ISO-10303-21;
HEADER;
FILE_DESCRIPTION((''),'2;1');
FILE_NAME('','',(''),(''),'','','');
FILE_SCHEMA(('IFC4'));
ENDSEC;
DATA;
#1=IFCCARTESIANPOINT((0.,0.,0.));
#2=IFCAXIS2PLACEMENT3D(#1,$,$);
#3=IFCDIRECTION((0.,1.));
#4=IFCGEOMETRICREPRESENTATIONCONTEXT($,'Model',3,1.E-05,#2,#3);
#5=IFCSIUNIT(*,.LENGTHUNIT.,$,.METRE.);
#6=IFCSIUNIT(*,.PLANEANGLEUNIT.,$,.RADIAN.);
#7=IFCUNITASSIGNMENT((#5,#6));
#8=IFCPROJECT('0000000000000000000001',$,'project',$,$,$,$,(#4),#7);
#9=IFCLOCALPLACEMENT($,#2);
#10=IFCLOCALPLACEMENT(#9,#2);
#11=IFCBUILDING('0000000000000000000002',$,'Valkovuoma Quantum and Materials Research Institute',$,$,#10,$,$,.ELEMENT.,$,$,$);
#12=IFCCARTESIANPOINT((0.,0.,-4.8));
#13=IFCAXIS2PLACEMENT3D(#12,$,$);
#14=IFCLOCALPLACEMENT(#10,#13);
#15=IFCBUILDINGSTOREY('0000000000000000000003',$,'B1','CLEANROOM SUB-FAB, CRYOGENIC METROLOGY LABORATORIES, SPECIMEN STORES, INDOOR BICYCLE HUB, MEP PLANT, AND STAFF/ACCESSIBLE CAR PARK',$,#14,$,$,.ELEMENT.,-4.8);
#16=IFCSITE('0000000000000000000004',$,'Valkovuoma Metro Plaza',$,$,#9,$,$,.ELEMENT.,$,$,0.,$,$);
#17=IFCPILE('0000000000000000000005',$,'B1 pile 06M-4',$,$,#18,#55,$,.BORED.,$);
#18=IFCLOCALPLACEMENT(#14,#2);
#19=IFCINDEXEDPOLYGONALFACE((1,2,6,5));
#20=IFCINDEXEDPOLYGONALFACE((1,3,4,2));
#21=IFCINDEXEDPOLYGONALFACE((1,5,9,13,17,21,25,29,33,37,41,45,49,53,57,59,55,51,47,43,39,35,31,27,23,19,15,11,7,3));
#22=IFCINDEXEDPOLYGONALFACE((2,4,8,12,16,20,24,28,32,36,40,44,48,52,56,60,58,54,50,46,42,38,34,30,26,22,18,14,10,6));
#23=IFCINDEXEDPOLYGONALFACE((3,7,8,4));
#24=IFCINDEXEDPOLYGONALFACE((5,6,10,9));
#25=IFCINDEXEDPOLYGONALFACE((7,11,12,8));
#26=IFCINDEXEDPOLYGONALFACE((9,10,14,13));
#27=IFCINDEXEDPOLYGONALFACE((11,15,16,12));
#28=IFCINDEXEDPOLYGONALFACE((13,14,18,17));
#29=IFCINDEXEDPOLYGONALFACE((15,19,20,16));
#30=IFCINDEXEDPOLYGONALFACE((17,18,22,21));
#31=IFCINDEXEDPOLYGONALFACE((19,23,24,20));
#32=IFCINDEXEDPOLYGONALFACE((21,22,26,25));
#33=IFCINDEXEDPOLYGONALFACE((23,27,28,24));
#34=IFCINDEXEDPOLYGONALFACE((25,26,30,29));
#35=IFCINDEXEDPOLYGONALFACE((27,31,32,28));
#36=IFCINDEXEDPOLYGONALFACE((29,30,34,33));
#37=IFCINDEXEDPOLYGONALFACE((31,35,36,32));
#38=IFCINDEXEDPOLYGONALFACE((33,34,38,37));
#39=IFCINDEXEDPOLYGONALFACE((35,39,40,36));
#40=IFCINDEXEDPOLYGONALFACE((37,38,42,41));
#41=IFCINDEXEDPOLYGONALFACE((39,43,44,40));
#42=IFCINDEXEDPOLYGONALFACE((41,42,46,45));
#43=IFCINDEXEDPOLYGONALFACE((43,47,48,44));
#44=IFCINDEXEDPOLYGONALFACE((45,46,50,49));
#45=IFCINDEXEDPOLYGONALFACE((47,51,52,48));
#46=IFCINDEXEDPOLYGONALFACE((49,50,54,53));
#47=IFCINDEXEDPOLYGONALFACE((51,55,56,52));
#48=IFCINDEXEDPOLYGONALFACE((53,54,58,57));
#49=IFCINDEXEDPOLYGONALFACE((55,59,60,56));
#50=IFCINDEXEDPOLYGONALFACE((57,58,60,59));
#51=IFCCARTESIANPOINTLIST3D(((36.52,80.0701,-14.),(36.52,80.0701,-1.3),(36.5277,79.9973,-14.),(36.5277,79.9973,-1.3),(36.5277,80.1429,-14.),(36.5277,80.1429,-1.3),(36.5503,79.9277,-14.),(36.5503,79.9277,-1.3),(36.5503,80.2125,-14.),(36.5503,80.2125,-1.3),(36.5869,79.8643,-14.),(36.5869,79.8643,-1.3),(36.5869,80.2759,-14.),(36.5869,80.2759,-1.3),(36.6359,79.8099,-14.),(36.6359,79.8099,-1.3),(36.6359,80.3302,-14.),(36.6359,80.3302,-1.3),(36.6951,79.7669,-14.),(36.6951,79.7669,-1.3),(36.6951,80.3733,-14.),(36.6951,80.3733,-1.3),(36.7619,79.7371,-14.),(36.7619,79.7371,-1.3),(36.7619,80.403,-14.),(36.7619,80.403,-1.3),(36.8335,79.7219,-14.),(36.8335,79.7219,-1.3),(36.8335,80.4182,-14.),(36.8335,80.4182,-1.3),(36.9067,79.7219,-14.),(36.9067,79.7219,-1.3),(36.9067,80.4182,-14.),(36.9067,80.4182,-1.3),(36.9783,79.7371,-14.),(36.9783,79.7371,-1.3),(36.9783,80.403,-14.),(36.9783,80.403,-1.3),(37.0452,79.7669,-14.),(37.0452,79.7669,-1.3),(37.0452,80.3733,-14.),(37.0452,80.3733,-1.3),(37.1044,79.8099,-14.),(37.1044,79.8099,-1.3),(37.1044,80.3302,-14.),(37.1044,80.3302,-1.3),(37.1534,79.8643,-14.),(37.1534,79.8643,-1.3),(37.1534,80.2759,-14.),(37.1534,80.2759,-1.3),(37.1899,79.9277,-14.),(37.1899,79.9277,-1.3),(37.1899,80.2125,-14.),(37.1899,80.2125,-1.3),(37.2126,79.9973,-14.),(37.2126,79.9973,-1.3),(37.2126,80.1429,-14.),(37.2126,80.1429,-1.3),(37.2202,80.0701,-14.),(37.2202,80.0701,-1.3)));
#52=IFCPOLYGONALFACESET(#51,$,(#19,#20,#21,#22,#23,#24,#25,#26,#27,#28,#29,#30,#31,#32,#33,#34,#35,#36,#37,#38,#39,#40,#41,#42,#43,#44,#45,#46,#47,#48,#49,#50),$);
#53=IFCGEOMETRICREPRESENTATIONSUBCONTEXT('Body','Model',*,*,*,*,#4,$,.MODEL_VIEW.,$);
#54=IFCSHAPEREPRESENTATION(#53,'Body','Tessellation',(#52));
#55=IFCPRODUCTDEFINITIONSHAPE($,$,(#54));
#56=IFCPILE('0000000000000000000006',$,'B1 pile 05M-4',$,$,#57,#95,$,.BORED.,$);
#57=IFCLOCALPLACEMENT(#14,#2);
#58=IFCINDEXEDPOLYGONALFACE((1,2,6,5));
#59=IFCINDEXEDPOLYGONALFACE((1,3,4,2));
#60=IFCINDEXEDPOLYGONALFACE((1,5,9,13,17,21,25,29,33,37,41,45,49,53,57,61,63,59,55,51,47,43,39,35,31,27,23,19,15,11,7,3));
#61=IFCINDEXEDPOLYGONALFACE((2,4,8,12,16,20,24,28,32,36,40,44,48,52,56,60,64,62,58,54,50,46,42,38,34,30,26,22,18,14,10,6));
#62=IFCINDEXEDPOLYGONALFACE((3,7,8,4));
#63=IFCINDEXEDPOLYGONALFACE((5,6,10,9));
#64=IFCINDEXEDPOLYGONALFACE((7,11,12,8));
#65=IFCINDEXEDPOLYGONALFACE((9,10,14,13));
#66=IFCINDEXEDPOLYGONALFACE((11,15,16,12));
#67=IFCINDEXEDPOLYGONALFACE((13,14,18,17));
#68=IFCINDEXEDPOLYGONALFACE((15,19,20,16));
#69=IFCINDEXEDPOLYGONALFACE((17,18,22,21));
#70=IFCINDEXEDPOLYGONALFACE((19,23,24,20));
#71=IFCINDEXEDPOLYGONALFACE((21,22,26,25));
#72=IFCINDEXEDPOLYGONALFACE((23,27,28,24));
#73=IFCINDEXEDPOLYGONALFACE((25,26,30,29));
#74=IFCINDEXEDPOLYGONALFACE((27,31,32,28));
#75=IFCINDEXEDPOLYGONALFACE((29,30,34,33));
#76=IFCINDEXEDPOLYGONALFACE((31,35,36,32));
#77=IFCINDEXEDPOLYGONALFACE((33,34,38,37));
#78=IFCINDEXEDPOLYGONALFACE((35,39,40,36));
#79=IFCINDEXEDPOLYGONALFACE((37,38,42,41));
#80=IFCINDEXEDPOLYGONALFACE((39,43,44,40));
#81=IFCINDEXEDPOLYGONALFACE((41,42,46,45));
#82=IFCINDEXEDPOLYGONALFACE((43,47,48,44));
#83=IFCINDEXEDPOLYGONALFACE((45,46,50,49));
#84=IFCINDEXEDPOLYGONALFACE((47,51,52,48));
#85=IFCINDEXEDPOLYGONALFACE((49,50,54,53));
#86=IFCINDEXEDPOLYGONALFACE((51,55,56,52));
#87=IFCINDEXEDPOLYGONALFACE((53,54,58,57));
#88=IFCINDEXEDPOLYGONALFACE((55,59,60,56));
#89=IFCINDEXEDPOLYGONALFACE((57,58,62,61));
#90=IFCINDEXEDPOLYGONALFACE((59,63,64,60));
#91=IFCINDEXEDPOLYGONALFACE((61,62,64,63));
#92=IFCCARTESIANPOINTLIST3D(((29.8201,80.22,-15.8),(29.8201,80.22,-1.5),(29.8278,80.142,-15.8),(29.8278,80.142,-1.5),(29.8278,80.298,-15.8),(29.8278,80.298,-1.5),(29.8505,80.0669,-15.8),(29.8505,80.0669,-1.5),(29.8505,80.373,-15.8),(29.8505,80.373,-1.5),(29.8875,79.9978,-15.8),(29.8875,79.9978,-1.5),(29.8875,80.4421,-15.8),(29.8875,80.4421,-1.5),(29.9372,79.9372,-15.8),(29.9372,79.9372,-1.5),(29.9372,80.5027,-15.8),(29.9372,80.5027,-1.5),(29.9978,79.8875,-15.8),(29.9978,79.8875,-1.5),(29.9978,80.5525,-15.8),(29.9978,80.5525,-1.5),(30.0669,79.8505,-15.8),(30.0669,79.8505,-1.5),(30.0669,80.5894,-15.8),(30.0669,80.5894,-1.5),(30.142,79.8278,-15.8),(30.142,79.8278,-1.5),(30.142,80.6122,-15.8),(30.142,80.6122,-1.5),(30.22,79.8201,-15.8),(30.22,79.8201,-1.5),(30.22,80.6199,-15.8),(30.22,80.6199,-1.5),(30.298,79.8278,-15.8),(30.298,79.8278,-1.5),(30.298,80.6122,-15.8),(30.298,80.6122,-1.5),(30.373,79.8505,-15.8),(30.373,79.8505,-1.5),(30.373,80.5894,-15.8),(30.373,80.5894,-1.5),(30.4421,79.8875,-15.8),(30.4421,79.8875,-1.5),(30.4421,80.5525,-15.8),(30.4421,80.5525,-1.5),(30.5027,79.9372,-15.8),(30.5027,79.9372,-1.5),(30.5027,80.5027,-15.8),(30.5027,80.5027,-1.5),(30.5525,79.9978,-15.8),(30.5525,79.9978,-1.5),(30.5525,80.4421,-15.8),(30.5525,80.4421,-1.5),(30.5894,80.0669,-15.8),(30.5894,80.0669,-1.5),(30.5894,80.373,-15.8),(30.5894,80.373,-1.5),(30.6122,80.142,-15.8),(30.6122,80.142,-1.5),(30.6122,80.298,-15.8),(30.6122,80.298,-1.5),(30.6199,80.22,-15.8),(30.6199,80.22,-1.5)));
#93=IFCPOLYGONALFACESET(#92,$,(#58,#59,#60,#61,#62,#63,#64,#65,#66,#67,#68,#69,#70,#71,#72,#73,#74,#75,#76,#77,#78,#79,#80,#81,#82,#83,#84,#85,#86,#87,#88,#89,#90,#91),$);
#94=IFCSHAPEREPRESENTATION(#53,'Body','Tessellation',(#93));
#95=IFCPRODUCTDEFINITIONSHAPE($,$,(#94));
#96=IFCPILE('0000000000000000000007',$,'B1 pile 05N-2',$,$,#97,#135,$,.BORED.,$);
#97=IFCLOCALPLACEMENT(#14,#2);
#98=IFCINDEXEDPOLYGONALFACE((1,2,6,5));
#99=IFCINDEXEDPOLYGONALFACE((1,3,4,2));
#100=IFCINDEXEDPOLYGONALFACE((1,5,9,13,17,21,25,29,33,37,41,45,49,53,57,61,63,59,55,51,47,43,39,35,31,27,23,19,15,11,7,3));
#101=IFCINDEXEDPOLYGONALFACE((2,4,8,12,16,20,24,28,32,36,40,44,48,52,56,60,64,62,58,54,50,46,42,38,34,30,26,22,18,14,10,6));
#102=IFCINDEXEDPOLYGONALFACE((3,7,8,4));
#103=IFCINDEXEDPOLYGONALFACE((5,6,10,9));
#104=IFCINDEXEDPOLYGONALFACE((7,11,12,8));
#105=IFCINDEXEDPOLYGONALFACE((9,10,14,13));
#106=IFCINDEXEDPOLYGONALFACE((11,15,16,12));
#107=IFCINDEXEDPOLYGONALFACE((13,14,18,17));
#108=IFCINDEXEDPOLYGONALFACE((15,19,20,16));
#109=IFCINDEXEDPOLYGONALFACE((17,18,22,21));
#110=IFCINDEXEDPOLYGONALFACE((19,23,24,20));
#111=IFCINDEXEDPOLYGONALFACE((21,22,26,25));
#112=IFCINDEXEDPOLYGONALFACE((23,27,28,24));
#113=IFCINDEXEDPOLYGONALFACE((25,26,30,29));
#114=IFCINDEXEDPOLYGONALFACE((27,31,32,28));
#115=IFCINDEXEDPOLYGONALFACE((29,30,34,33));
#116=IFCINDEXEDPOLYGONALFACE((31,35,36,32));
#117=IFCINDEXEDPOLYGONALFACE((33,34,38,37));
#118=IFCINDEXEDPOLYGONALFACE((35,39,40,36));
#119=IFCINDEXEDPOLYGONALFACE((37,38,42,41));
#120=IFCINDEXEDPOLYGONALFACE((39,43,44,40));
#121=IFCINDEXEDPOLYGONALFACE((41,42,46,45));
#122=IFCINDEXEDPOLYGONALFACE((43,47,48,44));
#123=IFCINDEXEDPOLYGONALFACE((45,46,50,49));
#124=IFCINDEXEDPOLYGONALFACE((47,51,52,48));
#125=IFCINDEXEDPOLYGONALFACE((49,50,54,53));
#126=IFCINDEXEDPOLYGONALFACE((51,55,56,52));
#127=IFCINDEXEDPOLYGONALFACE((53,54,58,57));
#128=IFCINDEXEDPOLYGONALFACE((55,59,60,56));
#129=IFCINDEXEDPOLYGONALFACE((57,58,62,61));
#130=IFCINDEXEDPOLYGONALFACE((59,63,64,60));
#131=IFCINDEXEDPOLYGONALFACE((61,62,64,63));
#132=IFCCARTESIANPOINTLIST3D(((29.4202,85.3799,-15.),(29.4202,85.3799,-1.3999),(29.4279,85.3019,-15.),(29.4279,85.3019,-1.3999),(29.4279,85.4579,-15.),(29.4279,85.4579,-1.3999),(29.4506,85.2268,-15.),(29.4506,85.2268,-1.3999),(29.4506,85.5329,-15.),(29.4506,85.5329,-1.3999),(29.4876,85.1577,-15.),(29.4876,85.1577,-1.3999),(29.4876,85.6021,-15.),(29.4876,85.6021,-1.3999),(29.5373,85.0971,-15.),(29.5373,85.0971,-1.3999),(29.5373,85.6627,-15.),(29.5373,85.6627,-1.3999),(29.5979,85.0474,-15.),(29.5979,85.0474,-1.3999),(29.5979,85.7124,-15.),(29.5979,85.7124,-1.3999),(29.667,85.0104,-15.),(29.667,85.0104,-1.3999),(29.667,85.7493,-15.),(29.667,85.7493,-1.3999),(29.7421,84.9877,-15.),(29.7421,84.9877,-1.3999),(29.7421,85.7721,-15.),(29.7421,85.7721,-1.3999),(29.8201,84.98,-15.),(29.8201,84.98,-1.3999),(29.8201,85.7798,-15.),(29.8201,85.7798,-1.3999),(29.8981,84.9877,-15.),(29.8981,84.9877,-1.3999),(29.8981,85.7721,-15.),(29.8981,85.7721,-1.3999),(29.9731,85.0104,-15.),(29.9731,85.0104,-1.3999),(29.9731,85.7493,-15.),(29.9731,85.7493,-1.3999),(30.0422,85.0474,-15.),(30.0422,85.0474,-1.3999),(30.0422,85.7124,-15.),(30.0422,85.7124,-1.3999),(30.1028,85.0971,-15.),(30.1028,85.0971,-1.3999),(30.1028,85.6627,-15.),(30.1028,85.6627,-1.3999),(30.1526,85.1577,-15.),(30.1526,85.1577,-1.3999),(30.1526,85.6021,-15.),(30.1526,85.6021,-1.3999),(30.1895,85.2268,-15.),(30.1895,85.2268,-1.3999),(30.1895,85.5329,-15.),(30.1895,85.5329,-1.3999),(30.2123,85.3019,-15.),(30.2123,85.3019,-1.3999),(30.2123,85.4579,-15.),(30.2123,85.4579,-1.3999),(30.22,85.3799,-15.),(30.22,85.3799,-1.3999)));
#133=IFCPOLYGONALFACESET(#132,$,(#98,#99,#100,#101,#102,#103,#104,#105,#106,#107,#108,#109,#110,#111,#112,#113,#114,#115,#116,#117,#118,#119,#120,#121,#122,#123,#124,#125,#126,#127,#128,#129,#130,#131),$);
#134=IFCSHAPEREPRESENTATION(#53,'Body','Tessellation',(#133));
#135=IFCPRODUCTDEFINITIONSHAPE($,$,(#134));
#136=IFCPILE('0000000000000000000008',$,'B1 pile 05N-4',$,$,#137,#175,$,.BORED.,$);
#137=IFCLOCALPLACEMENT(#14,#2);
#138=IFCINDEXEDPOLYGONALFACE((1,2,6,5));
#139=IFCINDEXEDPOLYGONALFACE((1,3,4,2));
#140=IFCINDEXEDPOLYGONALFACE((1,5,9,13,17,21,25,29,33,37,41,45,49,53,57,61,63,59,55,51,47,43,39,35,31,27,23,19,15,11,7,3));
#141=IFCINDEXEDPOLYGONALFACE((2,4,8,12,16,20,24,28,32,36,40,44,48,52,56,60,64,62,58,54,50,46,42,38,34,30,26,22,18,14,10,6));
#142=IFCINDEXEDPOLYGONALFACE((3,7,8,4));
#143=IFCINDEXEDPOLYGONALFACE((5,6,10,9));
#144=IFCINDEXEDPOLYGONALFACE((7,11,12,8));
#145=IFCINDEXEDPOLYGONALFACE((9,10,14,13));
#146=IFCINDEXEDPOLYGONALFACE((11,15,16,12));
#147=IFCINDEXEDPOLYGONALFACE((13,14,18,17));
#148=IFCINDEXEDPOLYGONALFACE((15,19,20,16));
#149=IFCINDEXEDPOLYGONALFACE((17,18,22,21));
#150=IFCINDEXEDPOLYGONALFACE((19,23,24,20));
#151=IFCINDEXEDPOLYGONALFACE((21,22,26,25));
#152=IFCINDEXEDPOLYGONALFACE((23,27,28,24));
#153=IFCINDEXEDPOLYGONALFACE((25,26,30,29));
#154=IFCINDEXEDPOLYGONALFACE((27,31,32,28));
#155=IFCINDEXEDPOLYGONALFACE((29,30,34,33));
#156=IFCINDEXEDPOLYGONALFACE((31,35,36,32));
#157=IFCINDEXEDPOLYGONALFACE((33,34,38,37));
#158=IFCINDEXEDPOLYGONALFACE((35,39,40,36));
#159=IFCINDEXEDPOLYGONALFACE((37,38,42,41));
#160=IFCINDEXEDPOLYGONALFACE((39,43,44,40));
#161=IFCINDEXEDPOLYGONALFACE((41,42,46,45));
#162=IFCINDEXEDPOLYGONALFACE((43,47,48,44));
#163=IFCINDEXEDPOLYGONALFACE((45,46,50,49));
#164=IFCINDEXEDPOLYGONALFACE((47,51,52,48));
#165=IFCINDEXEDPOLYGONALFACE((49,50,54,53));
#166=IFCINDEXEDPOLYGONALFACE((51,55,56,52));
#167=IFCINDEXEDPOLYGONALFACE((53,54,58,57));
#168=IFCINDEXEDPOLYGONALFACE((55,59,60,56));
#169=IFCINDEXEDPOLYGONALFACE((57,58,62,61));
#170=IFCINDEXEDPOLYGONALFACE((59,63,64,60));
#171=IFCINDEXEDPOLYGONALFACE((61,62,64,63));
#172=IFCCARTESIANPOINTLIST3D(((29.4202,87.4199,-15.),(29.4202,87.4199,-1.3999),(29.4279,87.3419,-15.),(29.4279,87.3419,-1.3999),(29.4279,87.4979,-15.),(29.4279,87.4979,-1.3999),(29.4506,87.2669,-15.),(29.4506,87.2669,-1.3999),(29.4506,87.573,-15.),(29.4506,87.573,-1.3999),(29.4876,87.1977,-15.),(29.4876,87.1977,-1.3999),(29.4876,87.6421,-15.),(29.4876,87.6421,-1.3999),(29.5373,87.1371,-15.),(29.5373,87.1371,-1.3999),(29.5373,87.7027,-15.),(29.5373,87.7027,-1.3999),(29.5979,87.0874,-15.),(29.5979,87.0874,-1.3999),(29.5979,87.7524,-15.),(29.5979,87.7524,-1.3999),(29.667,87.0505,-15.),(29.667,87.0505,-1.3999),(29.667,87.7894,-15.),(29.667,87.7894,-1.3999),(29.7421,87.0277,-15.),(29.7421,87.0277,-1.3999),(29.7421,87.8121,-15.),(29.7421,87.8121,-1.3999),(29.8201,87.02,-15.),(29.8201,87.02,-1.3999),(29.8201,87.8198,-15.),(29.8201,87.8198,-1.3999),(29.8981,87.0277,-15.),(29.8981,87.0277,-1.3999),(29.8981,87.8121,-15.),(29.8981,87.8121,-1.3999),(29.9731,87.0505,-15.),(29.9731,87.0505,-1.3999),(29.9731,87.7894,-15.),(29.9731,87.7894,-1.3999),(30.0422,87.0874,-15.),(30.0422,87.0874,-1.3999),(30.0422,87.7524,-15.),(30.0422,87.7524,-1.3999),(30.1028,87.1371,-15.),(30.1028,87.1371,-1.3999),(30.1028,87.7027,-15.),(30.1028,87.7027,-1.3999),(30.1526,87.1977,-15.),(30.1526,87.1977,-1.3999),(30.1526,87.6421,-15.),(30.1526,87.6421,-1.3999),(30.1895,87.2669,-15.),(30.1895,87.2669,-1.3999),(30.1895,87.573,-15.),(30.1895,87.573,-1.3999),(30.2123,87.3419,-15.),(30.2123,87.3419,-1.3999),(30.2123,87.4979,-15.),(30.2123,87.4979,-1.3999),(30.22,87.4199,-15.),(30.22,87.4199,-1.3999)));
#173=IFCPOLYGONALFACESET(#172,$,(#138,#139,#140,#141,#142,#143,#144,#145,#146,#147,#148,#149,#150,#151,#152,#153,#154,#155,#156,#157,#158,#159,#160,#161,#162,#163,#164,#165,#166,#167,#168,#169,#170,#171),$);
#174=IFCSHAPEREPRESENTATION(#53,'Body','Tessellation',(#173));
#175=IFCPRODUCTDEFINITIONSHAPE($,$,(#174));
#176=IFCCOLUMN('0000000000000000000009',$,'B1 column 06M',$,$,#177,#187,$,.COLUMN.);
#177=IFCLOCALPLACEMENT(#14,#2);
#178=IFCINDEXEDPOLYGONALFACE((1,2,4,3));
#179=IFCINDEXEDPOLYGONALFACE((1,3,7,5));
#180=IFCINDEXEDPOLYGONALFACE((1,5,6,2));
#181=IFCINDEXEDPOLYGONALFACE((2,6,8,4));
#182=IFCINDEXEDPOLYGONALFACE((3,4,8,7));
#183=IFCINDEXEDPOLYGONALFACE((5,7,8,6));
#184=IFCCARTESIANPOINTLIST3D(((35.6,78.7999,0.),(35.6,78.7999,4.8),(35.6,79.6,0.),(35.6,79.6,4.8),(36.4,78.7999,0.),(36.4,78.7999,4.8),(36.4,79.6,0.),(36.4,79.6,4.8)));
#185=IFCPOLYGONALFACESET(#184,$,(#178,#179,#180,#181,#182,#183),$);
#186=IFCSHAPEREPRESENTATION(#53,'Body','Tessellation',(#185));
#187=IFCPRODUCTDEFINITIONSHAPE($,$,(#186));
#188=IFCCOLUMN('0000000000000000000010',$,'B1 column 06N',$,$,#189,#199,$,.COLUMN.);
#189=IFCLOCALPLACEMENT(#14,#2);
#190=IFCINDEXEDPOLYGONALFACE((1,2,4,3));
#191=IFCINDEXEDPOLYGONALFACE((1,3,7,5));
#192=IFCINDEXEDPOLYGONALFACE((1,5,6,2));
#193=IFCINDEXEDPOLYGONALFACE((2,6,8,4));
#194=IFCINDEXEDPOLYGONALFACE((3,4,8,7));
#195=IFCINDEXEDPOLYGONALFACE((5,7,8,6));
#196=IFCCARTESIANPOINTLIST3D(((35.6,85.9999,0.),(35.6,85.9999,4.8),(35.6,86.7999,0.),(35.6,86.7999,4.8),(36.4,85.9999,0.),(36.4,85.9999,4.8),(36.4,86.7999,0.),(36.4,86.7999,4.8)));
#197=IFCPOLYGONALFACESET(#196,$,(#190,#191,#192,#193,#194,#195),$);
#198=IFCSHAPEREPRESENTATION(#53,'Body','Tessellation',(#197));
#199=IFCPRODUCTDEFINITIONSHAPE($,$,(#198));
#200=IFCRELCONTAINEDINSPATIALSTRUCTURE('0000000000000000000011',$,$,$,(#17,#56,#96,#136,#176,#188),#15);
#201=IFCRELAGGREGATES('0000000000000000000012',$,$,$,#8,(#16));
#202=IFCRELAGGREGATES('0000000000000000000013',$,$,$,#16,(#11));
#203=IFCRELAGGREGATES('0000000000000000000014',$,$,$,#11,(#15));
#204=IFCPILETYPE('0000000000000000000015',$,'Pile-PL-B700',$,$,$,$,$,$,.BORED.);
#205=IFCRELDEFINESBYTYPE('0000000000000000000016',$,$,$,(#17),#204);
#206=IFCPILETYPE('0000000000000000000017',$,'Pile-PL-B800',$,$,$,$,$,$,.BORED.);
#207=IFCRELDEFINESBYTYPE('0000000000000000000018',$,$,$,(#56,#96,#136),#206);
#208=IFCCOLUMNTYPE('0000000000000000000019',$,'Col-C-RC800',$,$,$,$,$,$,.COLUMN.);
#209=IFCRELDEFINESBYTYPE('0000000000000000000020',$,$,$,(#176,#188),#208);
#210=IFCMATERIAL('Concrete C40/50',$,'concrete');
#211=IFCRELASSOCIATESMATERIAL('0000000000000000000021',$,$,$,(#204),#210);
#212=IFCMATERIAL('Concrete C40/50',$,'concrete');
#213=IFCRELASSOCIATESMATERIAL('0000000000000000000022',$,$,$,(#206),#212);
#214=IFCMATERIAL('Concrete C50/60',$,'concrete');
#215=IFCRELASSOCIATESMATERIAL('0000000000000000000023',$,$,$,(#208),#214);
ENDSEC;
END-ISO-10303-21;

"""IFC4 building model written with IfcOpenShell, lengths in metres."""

from ifc_helpers import new_model, si_unit, direction, frame, origin, origin_2d, place, context, subcontext, project, spatial, rectangle, circle, extrude, material, material_profile, profile_set, type_object, element, save


model = new_model("IFC4")

# Units and contexts
model_context = context("Model", 3, precision=1e-05, world=origin(), true_north=direction((0.0, 1.0)))
body_context = subcontext(model_context, "Body", "Model", "MODEL_VIEW")
ifc_project = project(units=[si_unit("LENGTHUNIT", "METRE"), si_unit("PLANEANGLEUNIT", "RADIAN")], contexts=[model_context])

# Site, building, storey
site_placement = place(None, origin())
site = spatial("IfcSite", under=ifc_project, at=site_placement, Name="Valkovuoma Metro Plaza", CompositionType="ELEMENT", RefElevation=0.0)
building_placement = place(site_placement, origin())
building = spatial("IfcBuilding", under=site, at=building_placement, Name="Valkovuoma Quantum and Materials Research Institute", CompositionType="ELEMENT")
storey_placement = place(building_placement, frame((0.0, 0.0, -4.8)))
storey = spatial("IfcBuildingStorey", under=building, at=storey_placement, Name="B1", Description="CLEANROOM SUB-FAB, CRYOGENIC METROLOGY LABORATORIES, SPECIMEN STORES, INDOOR BICYCLE HUB, MEP PLANT, AND STAFF/ACCESSIBLE CAR PARK", CompositionType="ELEMENT", Elevation=-4.8)

# Piles
ifc_material_1 = material(Name="Concrete C40/50", Category="concrete")
ifc_material_profile_1 = material_profile(ifc_material_1, circle(Radius=0.3501, at=origin_2d()), Name="Concrete C40/50")
ifc_profile_set_1 = profile_set([ifc_material_profile_1], Name="Concrete C40/50")
pile_type_1 = type_object("IfcPileType", Name="Pile-PL-B700", PredefinedType="BORED", material=ifc_profile_set_1)
for number, where, z_axis, x_axis, name in (
    (1, (36.8701, 80.0701, -1.3), (0.0, 0.0, -1.0), (1.0, 0.0, 0.0), "B1 pile 06M-4"),
):
    element("IfcPile", number, at=place(storey_placement, frame(where, z_axis=z_axis, x_axis=x_axis)), inside=storey, type_object=pile_type_1, Name=name, PredefinedType="BORED", context=body_context, shape_type="SweptSolid", body=[
        extrude(circle(Radius=0.3501, at=origin_2d()), origin(), (0.0, 0.0, 1.0), 12.7),
    ])
ifc_material_2 = material(Name="Concrete C40/50", Category="concrete")
ifc_material_profile_2 = material_profile(ifc_material_2, circle(Radius=0.3999, at=origin_2d()), Name="Concrete C40/50")
ifc_profile_set_2 = profile_set([ifc_material_profile_2], Name="Concrete C40/50")
pile_type_2 = type_object("IfcPileType", Name="Pile-PL-B800", PredefinedType="BORED", material=ifc_profile_set_2)
pile_1_placement = place(storey_placement, frame((30.22, 80.22, -1.5), z_axis=(0.0, 0.0, -1.0), x_axis=(1.0, 0.0, 0.0)))
element("IfcPile", 2, at=pile_1_placement, inside=storey, type_object=pile_type_2, Name="B1 pile 05M-4", PredefinedType="BORED", context=body_context, shape_type="SweptSolid", body=[
    extrude(circle(Radius=0.3999, at=origin_2d()), origin(), (0.0, 0.0, 1.0), 14.3),
])
for number, where, z_axis, x_axis, name in (
    (3, (29.8201, 85.3799, -1.3999), (0.0, 0.0, -1.0), (1.0, 0.0, 0.0), "B1 pile 05N-2"),
    (4, (29.8201, 87.4199, -1.3999), (0.0, 0.0, -1.0), (1.0, 0.0, 0.0), "B1 pile 05N-4"),
):
    element("IfcPile", number, at=place(storey_placement, frame(where, z_axis=z_axis, x_axis=x_axis)), inside=storey, type_object=pile_type_2, Name=name, PredefinedType="BORED", context=body_context, shape_type="SweptSolid", body=[
        extrude(circle(Radius=0.3999, at=origin_2d()), origin(), (0.0, 0.0, 1.0), 13.6001),
    ])

# Columns
ifc_material_3 = material(Name="Concrete C50/60", Category="concrete")
ifc_material_profile_3 = material_profile(ifc_material_3, rectangle(XDim=0.8, YDim=0.8, at=origin_2d()), Name="Concrete C50/60")
ifc_profile_set_3 = profile_set([ifc_material_profile_3], Name="Concrete C50/60")
column_type = type_object("IfcColumnType", Name="Col-C-RC800", PredefinedType="COLUMN", material=ifc_profile_set_3)
for number, where, z_axis, x_axis, name in (
    (5, (36.0, 79.2, 0.0), (0.0, 0.0, 1.0), (1.0, 0.0, 0.0), "B1 column 06M"),
    (6, (36.0, 86.3999, 0.0), (0.0, 0.0, 1.0), (1.0, 0.0, 0.0), "B1 column 06N"),
):
    element("IfcColumn", number, at=place(storey_placement, frame(where, z_axis=z_axis, x_axis=x_axis)), inside=storey, type_object=column_type, Name=name, PredefinedType="COLUMN", context=body_context, shape_type="SweptSolid", body=[
        extrude(rectangle(XDim=0.8, YDim=0.8, at=origin_2d()), origin(), (0.0, 0.0, 1.0), 4.8),
    ])

save(model, "model.ifc")
